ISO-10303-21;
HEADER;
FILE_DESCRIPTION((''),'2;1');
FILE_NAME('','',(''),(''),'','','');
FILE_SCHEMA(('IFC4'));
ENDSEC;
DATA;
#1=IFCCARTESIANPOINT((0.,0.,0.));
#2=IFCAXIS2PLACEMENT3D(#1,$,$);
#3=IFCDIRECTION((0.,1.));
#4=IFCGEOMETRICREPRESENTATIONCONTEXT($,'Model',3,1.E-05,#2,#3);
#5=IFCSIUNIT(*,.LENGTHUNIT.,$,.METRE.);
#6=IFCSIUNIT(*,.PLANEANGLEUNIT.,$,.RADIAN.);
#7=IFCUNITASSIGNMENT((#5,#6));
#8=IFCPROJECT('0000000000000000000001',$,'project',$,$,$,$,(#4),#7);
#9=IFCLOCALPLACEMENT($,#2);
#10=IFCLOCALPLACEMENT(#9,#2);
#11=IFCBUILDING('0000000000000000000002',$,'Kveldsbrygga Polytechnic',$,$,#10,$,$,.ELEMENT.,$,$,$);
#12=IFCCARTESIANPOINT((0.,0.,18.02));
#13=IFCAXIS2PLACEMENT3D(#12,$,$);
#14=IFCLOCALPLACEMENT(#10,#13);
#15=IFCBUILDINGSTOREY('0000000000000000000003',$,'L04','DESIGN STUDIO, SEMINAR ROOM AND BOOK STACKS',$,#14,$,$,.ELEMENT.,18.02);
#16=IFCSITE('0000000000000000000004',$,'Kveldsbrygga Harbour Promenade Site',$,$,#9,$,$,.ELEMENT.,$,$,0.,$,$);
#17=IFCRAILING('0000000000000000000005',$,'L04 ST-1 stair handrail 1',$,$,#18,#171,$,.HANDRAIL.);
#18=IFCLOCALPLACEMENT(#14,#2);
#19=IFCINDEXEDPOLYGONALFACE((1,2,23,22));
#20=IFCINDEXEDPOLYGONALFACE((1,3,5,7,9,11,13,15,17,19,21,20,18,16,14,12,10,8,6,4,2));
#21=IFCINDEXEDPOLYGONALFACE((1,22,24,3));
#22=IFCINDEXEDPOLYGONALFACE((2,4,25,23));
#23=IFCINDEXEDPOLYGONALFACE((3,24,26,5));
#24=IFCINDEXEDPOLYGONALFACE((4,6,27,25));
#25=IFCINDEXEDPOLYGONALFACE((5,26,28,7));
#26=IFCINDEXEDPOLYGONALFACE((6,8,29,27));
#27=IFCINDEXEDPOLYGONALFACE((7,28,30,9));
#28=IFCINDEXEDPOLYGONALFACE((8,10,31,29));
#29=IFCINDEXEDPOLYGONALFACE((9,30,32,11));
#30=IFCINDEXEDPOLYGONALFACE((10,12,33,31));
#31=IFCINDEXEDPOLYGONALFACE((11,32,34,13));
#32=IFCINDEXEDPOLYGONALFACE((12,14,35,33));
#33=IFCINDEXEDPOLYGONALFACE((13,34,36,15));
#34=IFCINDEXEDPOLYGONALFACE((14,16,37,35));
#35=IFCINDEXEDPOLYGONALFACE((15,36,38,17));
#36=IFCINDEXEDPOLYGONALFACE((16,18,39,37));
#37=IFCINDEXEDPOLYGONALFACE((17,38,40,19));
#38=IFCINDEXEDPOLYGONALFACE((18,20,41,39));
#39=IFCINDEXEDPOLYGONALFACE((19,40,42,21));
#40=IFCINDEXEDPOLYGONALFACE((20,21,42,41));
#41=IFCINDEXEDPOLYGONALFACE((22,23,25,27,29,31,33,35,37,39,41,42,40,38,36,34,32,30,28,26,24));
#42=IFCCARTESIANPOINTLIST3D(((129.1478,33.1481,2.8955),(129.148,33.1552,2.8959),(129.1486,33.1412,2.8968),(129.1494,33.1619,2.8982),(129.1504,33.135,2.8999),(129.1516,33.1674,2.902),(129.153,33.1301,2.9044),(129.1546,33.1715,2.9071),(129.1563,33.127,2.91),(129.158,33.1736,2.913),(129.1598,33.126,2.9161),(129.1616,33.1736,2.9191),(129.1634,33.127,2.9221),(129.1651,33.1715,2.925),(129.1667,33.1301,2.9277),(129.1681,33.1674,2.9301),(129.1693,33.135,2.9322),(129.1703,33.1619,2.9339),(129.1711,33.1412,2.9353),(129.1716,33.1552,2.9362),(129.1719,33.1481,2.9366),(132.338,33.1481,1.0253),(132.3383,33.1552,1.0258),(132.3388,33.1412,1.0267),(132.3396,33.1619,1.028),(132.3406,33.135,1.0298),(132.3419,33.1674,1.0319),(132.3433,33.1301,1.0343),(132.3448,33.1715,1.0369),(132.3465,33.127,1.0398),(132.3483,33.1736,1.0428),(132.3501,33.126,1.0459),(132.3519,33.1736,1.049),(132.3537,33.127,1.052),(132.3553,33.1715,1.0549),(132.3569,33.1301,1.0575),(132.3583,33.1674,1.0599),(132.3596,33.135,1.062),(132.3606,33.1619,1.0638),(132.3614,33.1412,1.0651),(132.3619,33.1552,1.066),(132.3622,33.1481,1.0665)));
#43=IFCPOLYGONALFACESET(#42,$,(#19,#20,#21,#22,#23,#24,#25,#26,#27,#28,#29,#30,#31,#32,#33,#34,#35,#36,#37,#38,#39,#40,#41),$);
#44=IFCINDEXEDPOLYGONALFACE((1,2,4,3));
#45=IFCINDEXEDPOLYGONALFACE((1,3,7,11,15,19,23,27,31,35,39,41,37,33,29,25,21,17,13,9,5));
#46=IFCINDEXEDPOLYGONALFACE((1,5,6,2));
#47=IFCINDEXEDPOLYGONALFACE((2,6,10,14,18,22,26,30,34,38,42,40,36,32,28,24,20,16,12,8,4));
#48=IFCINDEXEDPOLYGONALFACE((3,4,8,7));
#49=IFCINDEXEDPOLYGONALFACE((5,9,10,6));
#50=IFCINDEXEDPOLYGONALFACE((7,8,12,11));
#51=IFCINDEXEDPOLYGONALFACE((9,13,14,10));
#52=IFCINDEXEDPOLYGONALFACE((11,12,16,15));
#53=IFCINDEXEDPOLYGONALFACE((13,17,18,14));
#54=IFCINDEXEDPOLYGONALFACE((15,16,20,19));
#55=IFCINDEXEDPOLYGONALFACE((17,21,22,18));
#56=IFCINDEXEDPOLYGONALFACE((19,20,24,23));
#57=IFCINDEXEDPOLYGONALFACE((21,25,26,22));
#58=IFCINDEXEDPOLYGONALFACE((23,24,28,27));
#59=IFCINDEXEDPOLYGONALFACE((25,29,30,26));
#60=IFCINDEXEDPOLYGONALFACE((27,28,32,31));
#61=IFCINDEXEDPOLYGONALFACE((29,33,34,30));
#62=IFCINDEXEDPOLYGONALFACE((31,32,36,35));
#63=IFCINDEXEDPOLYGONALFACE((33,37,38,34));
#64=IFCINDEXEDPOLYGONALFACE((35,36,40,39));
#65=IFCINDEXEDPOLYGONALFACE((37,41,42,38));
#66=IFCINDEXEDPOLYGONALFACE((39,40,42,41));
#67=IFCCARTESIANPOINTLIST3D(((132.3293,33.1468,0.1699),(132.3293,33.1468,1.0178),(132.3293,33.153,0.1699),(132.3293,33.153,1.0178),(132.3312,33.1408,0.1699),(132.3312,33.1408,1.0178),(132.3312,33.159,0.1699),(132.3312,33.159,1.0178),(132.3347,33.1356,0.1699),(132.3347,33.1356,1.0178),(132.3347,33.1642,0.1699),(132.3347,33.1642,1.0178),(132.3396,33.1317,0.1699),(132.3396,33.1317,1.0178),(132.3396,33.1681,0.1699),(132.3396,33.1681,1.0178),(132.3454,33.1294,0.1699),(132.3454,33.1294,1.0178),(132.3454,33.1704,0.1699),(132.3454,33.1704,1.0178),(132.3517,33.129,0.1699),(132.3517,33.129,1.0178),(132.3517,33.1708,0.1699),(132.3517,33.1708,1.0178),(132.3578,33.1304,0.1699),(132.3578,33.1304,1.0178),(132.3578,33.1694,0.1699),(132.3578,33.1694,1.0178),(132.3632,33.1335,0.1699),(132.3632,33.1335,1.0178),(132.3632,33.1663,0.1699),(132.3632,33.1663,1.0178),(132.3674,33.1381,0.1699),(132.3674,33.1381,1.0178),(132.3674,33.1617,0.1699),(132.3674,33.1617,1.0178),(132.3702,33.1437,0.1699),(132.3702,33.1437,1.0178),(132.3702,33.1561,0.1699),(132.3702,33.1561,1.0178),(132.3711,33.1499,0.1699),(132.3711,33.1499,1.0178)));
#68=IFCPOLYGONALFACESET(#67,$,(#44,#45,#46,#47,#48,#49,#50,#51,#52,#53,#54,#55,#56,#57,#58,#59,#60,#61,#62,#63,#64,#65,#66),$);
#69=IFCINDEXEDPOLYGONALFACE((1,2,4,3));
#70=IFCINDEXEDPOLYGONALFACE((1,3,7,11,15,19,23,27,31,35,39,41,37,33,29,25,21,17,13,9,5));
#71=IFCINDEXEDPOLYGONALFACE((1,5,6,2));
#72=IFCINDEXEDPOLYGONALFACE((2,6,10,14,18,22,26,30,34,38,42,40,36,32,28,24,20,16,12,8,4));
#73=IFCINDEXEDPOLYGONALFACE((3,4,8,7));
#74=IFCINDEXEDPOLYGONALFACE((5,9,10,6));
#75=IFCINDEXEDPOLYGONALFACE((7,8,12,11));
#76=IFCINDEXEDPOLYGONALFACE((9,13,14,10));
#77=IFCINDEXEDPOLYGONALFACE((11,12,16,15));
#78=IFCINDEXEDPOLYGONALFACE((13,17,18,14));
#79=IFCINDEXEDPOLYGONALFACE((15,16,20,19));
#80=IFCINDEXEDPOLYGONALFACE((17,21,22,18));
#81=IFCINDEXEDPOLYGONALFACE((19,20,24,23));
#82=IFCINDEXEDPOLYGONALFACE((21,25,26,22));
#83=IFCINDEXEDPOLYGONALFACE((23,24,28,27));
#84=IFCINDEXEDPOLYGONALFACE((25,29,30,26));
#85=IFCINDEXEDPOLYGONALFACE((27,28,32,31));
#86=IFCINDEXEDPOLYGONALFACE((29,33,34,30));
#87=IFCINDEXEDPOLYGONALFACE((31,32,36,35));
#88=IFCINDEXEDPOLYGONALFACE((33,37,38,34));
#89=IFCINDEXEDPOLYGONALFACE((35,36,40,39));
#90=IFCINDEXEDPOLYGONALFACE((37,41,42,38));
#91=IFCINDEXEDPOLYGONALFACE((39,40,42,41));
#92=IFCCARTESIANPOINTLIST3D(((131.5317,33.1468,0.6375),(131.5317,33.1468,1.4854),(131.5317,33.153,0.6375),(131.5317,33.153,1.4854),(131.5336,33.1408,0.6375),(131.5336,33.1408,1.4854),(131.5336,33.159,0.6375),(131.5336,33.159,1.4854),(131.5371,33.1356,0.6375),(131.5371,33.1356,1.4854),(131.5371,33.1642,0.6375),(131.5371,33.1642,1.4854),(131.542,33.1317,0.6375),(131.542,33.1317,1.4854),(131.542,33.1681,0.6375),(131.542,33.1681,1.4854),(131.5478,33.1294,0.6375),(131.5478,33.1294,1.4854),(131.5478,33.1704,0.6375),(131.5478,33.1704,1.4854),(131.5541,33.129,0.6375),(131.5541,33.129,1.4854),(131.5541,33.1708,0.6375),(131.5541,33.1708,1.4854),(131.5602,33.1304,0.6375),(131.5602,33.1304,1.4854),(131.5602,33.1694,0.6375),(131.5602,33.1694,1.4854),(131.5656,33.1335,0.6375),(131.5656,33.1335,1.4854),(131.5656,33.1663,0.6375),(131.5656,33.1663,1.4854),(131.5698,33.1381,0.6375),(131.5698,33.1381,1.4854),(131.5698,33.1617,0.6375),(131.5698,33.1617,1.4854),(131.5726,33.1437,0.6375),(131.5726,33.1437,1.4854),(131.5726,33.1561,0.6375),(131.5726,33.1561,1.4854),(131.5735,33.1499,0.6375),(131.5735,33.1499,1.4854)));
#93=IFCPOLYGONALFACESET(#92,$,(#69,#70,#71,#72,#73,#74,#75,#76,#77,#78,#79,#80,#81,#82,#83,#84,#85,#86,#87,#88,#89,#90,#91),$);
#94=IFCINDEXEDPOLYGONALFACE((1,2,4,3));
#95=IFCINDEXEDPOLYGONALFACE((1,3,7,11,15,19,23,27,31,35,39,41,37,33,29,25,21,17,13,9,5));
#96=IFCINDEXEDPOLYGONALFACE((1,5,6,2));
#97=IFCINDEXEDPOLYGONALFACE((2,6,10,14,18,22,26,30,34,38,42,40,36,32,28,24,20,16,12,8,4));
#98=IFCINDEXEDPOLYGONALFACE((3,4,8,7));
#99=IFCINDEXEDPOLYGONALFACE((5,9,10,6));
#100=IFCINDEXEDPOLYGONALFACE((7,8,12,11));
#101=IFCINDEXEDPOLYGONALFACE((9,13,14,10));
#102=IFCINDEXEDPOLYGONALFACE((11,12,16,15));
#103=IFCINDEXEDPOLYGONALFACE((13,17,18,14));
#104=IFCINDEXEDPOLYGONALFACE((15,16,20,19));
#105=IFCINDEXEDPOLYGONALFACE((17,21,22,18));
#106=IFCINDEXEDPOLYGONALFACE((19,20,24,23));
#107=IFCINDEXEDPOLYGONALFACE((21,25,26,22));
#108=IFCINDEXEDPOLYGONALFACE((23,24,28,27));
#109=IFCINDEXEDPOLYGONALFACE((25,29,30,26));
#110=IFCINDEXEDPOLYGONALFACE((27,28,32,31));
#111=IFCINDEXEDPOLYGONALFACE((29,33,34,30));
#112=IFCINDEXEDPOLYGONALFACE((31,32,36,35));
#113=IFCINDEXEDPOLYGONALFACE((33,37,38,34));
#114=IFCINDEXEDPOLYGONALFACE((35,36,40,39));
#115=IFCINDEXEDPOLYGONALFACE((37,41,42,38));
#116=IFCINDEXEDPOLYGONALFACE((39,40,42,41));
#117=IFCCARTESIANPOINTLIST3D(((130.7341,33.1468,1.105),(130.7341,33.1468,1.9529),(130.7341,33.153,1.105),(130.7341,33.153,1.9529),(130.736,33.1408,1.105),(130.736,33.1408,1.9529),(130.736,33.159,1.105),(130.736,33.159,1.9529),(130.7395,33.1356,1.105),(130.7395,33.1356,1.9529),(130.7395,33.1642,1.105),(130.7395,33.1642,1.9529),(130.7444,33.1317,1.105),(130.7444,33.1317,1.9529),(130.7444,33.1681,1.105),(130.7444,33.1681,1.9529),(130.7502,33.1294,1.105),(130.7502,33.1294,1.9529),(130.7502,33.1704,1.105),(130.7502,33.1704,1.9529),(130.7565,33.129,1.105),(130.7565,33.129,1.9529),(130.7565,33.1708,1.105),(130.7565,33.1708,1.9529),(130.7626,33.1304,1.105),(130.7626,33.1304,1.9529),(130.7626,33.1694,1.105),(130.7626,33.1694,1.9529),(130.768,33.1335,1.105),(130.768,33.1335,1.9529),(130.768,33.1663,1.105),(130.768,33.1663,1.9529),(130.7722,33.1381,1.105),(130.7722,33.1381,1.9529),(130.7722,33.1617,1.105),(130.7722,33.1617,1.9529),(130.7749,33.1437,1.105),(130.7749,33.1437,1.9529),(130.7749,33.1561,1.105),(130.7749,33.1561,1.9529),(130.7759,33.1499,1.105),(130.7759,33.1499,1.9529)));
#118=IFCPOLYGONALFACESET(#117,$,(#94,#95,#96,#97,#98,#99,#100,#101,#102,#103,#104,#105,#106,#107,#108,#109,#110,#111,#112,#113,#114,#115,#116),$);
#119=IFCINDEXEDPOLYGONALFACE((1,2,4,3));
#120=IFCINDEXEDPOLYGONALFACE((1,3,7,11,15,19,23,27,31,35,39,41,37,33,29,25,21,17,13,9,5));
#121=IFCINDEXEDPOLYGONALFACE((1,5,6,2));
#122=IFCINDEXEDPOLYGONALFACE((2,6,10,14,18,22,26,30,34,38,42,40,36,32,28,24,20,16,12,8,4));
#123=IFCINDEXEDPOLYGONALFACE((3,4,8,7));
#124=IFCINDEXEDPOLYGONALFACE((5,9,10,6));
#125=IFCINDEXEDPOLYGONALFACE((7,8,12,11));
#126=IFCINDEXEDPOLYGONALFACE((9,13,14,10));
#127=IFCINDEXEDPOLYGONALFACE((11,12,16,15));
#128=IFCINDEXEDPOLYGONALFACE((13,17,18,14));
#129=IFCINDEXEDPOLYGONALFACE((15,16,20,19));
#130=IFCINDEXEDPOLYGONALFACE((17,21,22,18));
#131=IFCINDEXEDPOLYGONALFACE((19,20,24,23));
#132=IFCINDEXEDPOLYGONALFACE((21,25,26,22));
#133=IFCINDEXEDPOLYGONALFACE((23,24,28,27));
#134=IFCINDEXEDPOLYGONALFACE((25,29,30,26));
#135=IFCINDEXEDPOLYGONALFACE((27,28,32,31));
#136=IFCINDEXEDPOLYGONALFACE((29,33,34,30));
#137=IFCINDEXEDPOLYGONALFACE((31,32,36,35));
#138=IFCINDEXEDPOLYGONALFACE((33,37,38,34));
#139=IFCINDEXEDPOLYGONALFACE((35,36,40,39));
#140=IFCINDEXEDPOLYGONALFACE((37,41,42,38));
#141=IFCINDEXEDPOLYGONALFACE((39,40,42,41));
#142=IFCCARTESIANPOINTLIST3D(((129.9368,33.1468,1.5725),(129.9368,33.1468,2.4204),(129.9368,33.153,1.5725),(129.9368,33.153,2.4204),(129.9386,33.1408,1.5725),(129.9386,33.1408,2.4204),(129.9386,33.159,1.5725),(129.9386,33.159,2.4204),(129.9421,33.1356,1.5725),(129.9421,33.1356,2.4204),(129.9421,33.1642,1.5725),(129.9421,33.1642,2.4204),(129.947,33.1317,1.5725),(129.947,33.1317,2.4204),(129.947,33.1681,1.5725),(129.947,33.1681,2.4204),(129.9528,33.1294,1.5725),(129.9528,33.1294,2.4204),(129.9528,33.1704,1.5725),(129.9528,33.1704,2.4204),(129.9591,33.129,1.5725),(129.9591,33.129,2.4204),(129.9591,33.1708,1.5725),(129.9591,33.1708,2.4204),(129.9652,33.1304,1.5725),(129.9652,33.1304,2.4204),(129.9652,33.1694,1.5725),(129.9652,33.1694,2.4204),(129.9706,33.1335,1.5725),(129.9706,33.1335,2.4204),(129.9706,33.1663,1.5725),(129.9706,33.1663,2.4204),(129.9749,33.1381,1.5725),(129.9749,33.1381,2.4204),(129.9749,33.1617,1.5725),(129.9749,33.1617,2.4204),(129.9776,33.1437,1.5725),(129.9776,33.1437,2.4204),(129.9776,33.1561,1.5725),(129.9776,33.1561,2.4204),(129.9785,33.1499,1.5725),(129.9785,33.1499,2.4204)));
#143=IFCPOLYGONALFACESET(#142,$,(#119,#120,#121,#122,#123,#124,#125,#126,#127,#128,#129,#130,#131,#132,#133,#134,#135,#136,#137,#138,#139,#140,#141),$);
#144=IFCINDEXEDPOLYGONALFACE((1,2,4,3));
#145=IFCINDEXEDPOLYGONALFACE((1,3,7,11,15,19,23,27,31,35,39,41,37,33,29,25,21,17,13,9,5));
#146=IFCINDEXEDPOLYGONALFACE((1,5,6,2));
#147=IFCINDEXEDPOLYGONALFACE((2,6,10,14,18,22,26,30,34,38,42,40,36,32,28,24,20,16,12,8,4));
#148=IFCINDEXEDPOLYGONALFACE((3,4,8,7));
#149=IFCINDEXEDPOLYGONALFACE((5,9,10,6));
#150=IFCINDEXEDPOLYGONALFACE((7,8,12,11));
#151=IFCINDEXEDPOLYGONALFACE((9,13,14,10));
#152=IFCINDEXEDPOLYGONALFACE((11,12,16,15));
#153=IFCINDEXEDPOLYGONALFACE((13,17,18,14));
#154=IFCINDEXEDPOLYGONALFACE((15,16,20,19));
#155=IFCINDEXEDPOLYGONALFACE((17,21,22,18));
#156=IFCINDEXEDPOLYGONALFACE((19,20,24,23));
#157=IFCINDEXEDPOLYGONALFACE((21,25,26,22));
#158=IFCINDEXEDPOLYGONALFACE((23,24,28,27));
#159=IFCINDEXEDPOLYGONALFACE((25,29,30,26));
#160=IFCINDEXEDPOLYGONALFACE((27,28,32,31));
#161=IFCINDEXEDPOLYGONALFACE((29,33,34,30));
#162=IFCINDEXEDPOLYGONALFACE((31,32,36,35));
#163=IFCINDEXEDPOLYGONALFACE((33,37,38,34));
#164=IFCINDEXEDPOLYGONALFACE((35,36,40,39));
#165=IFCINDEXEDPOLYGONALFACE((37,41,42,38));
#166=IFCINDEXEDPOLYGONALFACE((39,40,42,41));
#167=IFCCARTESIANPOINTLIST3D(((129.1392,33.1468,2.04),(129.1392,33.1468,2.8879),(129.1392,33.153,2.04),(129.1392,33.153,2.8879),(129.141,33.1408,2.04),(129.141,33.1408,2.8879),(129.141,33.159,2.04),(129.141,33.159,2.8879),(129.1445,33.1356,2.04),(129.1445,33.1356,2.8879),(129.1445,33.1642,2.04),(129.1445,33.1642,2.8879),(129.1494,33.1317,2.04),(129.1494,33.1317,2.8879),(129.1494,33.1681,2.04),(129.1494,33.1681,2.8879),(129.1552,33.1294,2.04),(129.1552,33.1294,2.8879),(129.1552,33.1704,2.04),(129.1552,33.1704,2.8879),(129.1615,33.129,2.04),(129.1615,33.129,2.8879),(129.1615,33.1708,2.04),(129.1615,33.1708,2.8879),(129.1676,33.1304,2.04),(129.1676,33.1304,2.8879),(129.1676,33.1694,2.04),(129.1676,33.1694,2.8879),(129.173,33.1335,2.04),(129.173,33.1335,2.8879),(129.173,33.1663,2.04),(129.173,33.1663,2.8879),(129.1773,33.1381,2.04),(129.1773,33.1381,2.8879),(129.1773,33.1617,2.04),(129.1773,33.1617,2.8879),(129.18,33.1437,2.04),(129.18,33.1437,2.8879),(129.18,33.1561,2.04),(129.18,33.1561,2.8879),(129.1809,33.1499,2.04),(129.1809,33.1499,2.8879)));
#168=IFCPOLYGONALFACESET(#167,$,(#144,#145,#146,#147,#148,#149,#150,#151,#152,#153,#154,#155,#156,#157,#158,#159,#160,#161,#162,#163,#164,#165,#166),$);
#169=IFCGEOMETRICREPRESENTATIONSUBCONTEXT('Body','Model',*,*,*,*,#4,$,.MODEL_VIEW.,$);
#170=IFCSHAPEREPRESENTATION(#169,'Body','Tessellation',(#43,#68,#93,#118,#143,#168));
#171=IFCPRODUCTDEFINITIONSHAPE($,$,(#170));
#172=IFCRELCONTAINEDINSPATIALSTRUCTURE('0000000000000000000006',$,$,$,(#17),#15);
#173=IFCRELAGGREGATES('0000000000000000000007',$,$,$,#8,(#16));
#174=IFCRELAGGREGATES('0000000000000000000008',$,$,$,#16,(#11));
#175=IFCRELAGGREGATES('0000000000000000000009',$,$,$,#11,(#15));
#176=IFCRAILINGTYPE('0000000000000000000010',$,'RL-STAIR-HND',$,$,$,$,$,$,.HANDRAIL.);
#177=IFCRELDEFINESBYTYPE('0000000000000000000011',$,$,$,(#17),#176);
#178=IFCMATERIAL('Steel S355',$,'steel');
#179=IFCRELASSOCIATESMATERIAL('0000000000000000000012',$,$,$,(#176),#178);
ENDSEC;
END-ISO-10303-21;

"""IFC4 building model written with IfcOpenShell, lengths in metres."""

from ifc_helpers import new_model, si_unit, direction, frame, origin, origin_2d, place, context, subcontext, project, spatial, circle, extrude, material, type_object, element, save


model = new_model("IFC4")

# Units and contexts
model_context = context("Model", 3, precision=1e-05, world=origin(), true_north=direction((0.0, 1.0)))
body_context = subcontext(model_context, "Body", "Model", "MODEL_VIEW")
ifc_project = project(units=[si_unit("LENGTHUNIT", "METRE"), si_unit("PLANEANGLEUNIT", "RADIAN")], contexts=[model_context])

# Site, building, storey
site_placement = place(None, origin())
site = spatial("IfcSite", under=ifc_project, at=site_placement, Name="Kveldsbrygga Harbour Promenade Site", CompositionType="ELEMENT", RefElevation=0.0)
building_placement = place(site_placement, origin())
building = spatial("IfcBuilding", under=site, at=building_placement, Name="Kveldsbrygga Polytechnic", CompositionType="ELEMENT")
storey_placement = place(building_placement, frame((0.0, 0.0, 18.02)))
storey = spatial("IfcBuildingStorey", under=building, at=storey_placement, Name="L04", Description="DESIGN STUDIO, SEMINAR ROOM AND BOOK STACKS", CompositionType="ELEMENT", Elevation=18.02)

# Railing
ifc_material_1 = material(Name="Steel S355", Category="steel")
railing_type_1 = type_object("IfcRailingType", Name="RL-STAIR-HND", PredefinedType="HANDRAIL", material=ifc_material_1)
railing_1_placement = place(storey_placement, frame((132.3501, 33.1499, 0.1699)))
element("IfcRailing", 1, at=railing_1_placement, inside=storey, type_object=railing_type_1, Name="L04 ST-1 stair handrail 1", PredefinedType="HANDRAIL", context=body_context, shape_type="SweptSolid", body=[
    extrude(circle(Radius=0.0239, at=origin_2d()), frame((0.0, 0.0, 0.876), z_axis=(-0.862697, 0.0, 0.505721), x_axis=(0.0, -1.0, 0.0)), (0.0, 0.0, 1.0), 3.698),
    extrude(circle(Radius=0.021, at=origin_2d()), origin(), (0.0, 0.0, 1.0), 0.8479),
    extrude(circle(Radius=0.021, at=origin_2d()), frame((-0.7976, 0.0, 0.4675)), (0.0, 0.0, 1.0), 0.8479),
    extrude(circle(Radius=0.021, at=origin_2d()), frame((-1.5952, 0.0, 0.9351)), (0.0, 0.0, 1.0), 0.8479),
    extrude(circle(Radius=0.021, at=origin_2d()), frame((-2.3926, 0.0, 1.4026)), (0.0, 0.0, 1.0), 0.8479),
    extrude(circle(Radius=0.021, at=origin_2d()), frame((-3.1902, 0.0, 1.8701)), (0.0, 0.0, 1.0), 0.8479),
])

save(model, "model.ifc")
